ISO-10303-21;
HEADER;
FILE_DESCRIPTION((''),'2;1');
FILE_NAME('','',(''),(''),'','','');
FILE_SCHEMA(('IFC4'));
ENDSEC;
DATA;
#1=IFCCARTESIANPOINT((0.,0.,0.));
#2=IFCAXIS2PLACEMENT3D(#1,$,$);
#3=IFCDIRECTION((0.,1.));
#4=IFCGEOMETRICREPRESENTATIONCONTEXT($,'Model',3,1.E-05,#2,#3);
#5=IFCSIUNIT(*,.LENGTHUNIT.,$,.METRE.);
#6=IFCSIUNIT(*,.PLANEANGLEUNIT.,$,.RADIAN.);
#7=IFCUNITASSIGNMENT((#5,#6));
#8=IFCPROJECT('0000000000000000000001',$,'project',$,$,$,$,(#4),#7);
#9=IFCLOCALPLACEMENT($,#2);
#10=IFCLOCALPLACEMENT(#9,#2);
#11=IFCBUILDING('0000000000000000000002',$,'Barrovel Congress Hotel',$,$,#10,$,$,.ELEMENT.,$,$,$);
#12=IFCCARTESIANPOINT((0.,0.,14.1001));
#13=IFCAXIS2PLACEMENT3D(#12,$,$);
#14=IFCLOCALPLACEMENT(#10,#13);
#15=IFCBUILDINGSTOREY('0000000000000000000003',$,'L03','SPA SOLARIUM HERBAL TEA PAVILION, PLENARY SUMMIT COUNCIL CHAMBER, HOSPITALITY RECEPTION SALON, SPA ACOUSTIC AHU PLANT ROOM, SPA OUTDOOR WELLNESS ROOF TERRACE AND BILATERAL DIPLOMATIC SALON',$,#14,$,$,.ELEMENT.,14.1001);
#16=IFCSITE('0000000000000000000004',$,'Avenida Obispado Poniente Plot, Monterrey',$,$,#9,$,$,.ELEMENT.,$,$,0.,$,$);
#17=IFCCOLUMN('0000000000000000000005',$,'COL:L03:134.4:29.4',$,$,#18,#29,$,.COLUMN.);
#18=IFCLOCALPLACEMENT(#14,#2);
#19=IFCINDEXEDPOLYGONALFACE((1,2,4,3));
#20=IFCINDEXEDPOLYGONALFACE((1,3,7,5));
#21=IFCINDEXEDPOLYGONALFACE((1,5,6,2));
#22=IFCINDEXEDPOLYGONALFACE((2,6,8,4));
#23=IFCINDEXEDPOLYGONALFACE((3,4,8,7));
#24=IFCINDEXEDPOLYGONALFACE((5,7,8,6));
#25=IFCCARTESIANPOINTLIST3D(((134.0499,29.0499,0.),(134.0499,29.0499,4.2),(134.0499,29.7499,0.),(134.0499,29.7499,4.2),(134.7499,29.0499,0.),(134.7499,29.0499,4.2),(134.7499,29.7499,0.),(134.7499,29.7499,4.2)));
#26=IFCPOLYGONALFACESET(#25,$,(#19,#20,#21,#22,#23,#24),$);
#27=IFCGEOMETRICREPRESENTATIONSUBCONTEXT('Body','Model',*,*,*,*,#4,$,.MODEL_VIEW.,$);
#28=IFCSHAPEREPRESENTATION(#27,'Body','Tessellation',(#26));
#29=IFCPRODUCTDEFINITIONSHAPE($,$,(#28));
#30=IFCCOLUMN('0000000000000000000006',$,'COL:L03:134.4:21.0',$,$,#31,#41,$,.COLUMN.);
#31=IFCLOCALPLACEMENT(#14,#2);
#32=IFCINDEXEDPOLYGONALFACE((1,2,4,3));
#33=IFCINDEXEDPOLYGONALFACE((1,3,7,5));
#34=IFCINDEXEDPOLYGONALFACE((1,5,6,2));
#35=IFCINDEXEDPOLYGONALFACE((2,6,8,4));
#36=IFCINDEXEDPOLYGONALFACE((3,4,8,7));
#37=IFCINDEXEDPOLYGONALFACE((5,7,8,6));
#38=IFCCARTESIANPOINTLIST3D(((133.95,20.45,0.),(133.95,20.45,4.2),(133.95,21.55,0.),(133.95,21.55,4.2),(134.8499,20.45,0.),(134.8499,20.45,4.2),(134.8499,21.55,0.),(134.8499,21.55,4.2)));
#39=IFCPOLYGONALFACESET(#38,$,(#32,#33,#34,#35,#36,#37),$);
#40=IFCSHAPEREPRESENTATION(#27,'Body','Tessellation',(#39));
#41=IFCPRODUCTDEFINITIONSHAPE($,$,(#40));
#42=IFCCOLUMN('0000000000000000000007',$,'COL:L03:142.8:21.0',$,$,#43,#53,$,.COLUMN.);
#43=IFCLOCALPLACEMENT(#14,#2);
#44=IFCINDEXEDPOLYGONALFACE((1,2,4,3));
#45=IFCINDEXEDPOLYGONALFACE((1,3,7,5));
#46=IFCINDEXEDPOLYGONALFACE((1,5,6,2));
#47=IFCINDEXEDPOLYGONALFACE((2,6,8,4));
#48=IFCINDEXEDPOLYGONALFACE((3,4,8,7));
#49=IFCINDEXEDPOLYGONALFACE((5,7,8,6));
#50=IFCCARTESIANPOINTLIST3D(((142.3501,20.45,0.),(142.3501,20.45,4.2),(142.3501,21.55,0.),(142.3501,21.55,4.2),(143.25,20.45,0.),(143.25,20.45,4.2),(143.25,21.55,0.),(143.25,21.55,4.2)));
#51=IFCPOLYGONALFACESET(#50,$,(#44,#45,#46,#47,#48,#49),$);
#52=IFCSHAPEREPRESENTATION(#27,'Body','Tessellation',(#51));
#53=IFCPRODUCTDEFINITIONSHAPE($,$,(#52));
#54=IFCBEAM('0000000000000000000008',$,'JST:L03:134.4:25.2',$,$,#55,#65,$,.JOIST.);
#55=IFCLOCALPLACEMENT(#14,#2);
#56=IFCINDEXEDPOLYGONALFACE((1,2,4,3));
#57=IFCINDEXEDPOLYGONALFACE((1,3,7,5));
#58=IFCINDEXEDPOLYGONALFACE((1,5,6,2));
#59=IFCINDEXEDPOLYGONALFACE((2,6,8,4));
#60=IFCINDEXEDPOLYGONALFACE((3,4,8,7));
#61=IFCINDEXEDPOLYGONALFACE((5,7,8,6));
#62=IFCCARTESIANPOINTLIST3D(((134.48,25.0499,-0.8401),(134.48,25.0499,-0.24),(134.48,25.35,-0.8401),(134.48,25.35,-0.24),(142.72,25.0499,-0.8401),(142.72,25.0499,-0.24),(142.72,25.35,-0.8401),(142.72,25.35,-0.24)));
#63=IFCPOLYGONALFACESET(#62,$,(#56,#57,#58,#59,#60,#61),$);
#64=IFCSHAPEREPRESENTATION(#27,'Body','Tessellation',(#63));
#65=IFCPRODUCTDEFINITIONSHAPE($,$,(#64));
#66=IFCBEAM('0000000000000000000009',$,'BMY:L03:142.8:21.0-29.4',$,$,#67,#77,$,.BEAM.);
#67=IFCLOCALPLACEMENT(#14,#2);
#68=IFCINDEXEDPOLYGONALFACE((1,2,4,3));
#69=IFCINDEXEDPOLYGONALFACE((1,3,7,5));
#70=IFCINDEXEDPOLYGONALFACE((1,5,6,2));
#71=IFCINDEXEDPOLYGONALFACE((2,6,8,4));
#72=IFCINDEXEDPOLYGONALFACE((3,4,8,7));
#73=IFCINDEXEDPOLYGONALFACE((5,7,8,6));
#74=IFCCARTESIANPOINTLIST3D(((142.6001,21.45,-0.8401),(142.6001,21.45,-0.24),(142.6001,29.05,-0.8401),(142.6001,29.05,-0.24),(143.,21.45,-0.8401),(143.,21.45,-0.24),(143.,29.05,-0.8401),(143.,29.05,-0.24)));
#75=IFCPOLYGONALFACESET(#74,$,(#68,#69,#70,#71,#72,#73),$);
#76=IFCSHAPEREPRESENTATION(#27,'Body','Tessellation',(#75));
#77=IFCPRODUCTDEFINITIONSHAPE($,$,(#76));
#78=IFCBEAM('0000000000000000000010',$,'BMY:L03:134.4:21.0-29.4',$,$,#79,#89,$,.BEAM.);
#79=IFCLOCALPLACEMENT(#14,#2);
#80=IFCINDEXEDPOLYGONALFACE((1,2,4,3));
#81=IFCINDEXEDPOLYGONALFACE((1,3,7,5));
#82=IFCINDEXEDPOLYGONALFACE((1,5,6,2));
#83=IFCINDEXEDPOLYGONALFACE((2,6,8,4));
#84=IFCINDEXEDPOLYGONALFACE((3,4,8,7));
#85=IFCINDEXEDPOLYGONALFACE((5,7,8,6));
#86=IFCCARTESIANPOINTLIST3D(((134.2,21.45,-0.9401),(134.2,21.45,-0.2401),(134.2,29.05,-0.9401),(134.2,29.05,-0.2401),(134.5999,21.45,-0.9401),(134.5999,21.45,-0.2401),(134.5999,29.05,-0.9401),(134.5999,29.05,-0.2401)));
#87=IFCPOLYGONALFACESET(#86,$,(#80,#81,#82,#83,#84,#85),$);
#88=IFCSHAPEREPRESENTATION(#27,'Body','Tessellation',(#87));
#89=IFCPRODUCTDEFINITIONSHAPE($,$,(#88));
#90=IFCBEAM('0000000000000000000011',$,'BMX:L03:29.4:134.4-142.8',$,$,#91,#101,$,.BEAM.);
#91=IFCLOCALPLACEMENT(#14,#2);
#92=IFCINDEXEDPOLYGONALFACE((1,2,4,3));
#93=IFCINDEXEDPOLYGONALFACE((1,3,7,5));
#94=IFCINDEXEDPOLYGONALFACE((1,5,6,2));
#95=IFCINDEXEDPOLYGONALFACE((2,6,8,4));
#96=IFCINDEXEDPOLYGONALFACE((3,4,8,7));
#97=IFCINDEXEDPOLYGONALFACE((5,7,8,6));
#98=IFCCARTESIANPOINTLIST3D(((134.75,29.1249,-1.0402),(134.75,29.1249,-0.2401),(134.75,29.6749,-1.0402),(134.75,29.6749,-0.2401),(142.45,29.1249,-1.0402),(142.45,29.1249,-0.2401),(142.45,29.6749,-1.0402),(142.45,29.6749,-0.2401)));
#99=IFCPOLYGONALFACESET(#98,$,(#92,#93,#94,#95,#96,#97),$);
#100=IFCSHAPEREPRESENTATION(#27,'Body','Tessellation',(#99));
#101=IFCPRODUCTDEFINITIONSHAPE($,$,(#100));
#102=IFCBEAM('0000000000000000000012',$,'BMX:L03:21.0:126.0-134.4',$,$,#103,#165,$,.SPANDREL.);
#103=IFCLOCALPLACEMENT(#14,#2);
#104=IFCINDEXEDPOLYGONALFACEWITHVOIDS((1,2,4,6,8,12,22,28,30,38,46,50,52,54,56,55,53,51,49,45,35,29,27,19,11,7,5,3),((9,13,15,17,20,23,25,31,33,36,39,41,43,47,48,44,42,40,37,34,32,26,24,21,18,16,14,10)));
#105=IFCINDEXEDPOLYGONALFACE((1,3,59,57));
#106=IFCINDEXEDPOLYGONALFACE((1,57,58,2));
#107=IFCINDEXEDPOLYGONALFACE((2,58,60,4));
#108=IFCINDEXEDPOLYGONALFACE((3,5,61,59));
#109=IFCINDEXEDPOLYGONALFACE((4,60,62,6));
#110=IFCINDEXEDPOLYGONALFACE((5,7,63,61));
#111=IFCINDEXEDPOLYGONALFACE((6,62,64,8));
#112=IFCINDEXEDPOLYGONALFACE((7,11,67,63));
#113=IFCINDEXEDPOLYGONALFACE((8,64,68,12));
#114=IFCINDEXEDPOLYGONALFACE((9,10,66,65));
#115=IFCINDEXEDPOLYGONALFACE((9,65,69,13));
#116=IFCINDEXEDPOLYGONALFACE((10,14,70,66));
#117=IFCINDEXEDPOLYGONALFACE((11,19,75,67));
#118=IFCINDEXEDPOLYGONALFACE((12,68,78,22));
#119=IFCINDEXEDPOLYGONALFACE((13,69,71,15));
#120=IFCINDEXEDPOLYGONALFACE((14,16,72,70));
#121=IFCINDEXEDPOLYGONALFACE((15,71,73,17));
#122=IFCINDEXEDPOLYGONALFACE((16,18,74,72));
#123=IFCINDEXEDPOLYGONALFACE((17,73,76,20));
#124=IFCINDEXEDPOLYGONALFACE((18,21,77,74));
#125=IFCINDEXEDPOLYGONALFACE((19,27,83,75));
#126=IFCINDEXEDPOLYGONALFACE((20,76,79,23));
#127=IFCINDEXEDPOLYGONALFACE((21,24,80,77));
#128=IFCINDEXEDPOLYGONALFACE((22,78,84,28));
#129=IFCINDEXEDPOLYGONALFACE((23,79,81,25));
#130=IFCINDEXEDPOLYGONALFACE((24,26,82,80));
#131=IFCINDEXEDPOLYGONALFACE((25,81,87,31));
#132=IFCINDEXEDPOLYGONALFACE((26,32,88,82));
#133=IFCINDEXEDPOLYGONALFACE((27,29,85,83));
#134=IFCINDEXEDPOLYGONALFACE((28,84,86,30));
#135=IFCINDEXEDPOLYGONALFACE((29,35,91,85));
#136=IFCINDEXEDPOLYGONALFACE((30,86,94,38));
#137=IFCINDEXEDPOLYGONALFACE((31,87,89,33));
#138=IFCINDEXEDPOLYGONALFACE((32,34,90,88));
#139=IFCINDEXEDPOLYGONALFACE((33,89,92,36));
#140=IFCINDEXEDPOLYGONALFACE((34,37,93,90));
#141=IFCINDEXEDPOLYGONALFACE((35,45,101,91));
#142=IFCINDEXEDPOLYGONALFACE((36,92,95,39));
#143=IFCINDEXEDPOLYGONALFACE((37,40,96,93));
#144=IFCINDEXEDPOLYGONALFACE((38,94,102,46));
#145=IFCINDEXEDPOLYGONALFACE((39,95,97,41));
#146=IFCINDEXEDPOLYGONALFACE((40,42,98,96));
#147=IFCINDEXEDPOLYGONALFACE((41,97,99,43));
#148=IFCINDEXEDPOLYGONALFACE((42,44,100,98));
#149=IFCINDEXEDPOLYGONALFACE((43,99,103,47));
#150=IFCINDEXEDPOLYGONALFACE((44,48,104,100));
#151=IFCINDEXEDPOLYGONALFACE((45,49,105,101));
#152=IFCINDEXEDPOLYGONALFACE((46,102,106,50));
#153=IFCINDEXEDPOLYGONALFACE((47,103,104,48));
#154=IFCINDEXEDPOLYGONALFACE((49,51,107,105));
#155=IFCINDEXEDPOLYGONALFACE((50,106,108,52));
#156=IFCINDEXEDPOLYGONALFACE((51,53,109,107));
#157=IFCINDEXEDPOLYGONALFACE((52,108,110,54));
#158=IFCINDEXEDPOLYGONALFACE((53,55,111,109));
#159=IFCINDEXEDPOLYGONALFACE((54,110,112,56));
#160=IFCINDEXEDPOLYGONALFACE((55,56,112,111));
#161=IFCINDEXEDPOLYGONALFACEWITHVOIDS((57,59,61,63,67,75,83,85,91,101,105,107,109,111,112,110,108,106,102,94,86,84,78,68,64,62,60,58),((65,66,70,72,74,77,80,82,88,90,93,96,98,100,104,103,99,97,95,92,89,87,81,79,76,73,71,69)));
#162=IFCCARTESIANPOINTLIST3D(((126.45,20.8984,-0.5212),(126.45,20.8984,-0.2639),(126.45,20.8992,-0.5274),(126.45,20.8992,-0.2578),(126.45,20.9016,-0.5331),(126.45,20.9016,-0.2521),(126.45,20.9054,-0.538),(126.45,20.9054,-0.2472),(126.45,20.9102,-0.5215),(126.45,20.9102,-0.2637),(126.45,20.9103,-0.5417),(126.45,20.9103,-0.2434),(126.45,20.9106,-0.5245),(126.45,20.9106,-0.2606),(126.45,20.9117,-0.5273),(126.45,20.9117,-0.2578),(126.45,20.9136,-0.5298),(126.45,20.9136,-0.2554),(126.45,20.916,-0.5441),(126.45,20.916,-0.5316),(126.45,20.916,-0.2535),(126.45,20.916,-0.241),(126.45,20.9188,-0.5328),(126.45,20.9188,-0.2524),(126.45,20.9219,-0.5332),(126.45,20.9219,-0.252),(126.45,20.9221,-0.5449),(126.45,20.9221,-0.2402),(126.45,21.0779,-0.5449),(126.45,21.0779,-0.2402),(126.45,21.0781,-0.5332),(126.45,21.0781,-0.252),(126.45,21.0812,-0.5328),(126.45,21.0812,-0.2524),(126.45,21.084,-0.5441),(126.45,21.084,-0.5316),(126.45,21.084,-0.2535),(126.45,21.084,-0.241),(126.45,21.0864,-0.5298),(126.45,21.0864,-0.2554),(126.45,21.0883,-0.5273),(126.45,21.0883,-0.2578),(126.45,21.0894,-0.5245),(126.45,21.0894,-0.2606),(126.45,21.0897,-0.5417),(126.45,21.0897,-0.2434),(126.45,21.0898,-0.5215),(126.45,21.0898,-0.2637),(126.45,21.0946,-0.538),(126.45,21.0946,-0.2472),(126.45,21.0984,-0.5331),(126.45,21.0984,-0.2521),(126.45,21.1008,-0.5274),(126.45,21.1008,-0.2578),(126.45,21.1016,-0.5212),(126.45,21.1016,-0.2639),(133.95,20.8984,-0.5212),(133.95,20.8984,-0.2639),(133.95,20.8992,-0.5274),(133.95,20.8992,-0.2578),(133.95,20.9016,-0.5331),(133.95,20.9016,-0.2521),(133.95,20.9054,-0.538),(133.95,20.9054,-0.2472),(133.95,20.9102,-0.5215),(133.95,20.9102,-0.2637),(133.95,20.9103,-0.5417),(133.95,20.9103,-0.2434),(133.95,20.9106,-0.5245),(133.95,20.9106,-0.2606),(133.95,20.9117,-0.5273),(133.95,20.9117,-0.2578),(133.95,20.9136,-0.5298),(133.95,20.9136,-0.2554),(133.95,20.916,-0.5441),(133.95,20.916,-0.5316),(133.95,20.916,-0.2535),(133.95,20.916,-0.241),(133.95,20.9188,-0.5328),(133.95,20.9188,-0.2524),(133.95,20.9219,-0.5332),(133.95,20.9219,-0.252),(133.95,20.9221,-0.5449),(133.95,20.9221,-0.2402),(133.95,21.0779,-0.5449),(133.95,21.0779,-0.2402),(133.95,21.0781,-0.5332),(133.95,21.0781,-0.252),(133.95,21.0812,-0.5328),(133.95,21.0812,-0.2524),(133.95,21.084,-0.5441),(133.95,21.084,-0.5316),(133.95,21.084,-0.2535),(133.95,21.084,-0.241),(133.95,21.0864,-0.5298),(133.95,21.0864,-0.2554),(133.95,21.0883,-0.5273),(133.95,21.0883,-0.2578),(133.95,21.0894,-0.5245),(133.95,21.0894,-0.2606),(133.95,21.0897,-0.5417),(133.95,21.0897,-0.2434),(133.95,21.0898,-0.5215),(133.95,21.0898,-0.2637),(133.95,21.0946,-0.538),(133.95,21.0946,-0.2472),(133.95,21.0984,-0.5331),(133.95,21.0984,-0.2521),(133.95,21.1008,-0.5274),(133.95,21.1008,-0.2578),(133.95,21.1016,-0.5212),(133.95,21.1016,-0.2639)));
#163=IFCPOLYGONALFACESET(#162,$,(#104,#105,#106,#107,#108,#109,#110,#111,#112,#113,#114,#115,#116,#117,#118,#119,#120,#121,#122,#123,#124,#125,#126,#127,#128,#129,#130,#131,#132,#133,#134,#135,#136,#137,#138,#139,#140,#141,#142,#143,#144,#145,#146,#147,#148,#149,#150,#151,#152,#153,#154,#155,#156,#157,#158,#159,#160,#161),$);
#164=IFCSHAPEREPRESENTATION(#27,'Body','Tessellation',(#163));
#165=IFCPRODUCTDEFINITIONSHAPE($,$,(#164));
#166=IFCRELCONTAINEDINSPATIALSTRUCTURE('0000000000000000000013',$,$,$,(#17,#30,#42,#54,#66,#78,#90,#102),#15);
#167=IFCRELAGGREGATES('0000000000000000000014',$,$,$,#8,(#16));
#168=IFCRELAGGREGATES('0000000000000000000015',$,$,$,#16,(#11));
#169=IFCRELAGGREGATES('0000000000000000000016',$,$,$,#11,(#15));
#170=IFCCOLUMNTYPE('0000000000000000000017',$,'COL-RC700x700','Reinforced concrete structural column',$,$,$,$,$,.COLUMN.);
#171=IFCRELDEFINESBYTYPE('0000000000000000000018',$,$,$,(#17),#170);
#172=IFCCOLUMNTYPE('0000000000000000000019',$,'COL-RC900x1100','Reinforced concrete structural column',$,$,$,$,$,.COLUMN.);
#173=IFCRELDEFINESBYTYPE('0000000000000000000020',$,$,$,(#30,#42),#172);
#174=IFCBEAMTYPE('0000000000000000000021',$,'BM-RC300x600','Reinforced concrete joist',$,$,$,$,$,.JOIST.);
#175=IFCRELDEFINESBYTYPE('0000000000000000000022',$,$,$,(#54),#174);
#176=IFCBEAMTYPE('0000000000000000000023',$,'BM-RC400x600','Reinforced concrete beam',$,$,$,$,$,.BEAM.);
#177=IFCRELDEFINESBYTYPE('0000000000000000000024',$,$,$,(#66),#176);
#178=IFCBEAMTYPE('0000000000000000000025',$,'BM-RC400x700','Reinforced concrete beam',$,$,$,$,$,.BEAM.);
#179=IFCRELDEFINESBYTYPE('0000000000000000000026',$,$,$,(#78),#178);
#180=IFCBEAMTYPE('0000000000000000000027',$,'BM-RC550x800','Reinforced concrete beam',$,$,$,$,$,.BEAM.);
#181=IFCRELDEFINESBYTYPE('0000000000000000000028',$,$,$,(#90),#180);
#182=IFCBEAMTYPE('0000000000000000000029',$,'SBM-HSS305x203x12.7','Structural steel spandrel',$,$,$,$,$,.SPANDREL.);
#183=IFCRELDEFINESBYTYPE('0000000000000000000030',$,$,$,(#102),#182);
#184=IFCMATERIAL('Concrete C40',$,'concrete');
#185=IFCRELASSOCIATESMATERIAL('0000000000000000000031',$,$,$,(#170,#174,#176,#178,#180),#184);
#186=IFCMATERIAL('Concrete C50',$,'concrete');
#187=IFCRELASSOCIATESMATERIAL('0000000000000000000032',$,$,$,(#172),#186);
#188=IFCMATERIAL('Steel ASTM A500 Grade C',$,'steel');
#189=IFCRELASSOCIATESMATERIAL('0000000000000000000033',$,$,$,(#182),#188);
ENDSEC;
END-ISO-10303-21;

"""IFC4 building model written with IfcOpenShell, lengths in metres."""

from ifc_helpers import new_model, si_unit, direction, frame, origin, origin_2d, place, context, subcontext, project, spatial, rectangle, hollow_rectangle, extrude, material, material_profile, profile_set, type_object, element, save


model = new_model("IFC4")

# Units and contexts
model_context = context("Model", 3, precision=1e-05, world=origin(), true_north=direction((0.0, 1.0)))
body_context = subcontext(model_context, "Body", "Model", "MODEL_VIEW")
ifc_project = project(units=[si_unit("LENGTHUNIT", "METRE"), si_unit("PLANEANGLEUNIT", "RADIAN")], contexts=[model_context])

# Site, building, storey
site_placement = place(None, origin())
site = spatial("IfcSite", under=ifc_project, at=site_placement, Name="Avenida Obispado Poniente Plot, Monterrey", CompositionType="ELEMENT", RefElevation=0.0)
building_placement = place(site_placement, origin())
building = spatial("IfcBuilding", under=site, at=building_placement, Name="Barrovel Congress Hotel", CompositionType="ELEMENT")
storey_placement = place(building_placement, frame((0.0, 0.0, 14.1001)))
storey = spatial("IfcBuildingStorey", under=building, at=storey_placement, Name="L03", Description="SPA SOLARIUM HERBAL TEA PAVILION, PLENARY SUMMIT COUNCIL CHAMBER, HOSPITALITY RECEPTION SALON, SPA ACOUSTIC AHU PLANT ROOM, SPA OUTDOOR WELLNESS ROOF TERRACE AND BILATERAL DIPLOMATIC SALON", CompositionType="ELEMENT", Elevation=14.1001)

# Columns
ifc_material_1 = material(Name="Concrete C40", Category="concrete")
ifc_material_profile_1 = material_profile(ifc_material_1, rectangle(XDim=0.7, YDim=0.7, at=origin_2d()), Name="RC700x700")
ifc_profile_set_1 = profile_set([ifc_material_profile_1], Name="Concrete C40")
column_type_1 = type_object("IfcColumnType", Name="COL-RC700x700", Description="Reinforced concrete structural column", PredefinedType="COLUMN", material=ifc_profile_set_1)
column_placement = place(storey_placement, frame((134.3999, 29.3999, 0.0), z_axis=(0.0, 0.0, 1.0), x_axis=(1.0, 0.0, 0.0)))
element("IfcColumn", 1, at=column_placement, inside=storey, type_object=column_type_1, Name="COL:L03:134.4:29.4", PredefinedType="COLUMN", context=body_context, shape_type="SweptSolid", body=[
    extrude(rectangle(XDim=0.7, YDim=0.7, at=origin_2d()), origin(), (0.0, 0.0, 1.0), 4.2),
])
ifc_material_2 = material(Name="Concrete C50", Category="concrete")
ifc_material_profile_2 = material_profile(ifc_material_2, rectangle(XDim=0.8999, YDim=1.1001, at=origin_2d()), Name="RC900x1100")
ifc_profile_set_2 = profile_set([ifc_material_profile_2], Name="Concrete C50")
column_type_2 = type_object("IfcColumnType", Name="COL-RC900x1100", Description="Reinforced concrete structural column", PredefinedType="COLUMN", material=ifc_profile_set_2)
for number, where, z_axis, x_axis, name in (
    (2, (134.3999, 21.0, 0.0), (0.0, 0.0, 1.0), (1.0, 0.0, 0.0), "COL:L03:134.4:21.0"),
    (3, (142.8, 21.0, 0.0), (0.0, 0.0, 1.0), (1.0, 0.0, 0.0), "COL:L03:142.8:21.0"),
):
    element("IfcColumn", number, at=place(storey_placement, frame(where, z_axis=z_axis, x_axis=x_axis)), inside=storey, type_object=column_type_2, Name=name, PredefinedType="COLUMN", context=body_context, shape_type="SweptSolid", body=[
        extrude(rectangle(XDim=0.8999, YDim=1.1001, at=origin_2d()), origin(), (0.0, 0.0, 1.0), 4.2),
    ])

# Beams
ifc_material_profile_3 = material_profile(ifc_material_1, rectangle(XDim=0.3, YDim=0.6001, at=origin_2d()), Name="RC300x600")
ifc_profile_set_3 = profile_set([ifc_material_profile_3], Name="Concrete C40")
beam_type_1 = type_object("IfcBeamType", Name="BM-RC300x600", Description="Reinforced concrete joist", PredefinedType="JOIST", material=ifc_profile_set_3)
beam_1_placement = place(storey_placement, frame((134.48, 25.2, -0.54), z_axis=(1.0, 0.0, 0.0), x_axis=(0.0, 1.0, 0.0)))
element("IfcBeam", 4, at=beam_1_placement, inside=storey, type_object=beam_type_1, Name="JST:L03:134.4:25.2", PredefinedType="JOIST", context=body_context, shape_type="SweptSolid", body=[
    extrude(rectangle(XDim=0.3, YDim=0.6001, at=origin_2d()), origin(), (0.0, 0.0, 1.0), 8.24),
])
ifc_material_profile_4 = material_profile(ifc_material_1, rectangle(XDim=0.3999, YDim=0.6001, at=origin_2d()), Name="RC400x600")
ifc_profile_set_4 = profile_set([ifc_material_profile_4], Name="Concrete C40")
beam_type_2 = type_object("IfcBeamType", Name="BM-RC400x600", Description="Reinforced concrete beam", PredefinedType="BEAM", material=ifc_profile_set_4)
beam_2_placement = place(storey_placement, frame((142.8, 21.45, -0.54), z_axis=(0.0, 1.0, 0.0), x_axis=(-1.0, 0.0, 0.0)))
element("IfcBeam", 5, at=beam_2_placement, inside=storey, type_object=beam_type_2, Name="BMY:L03:142.8:21.0-29.4", PredefinedType="BEAM", context=body_context, shape_type="SweptSolid", body=[
    extrude(rectangle(XDim=0.3999, YDim=0.6001, at=origin_2d()), origin(), (0.0, 0.0, 1.0), 7.6001),
])
ifc_material_profile_5 = material_profile(ifc_material_1, rectangle(XDim=0.3999, YDim=0.7, at=origin_2d()), Name="RC400x700")
ifc_profile_set_5 = profile_set([ifc_material_profile_5], Name="Concrete C40")
beam_type_3 = type_object("IfcBeamType", Name="BM-RC400x700", Description="Reinforced concrete beam", PredefinedType="BEAM", material=ifc_profile_set_5)
beam_3_placement = place(storey_placement, frame((134.3999, 21.45, -0.5901), z_axis=(0.0, 1.0, 0.0), x_axis=(-1.0, 0.0, 0.0)))
element("IfcBeam", 6, at=beam_3_placement, inside=storey, type_object=beam_type_3, Name="BMY:L03:134.4:21.0-29.4", PredefinedType="BEAM", context=body_context, shape_type="SweptSolid", body=[
    extrude(rectangle(XDim=0.3999, YDim=0.7, at=origin_2d()), origin(), (0.0, 0.0, 1.0), 7.6001),
])
ifc_material_profile_6 = material_profile(ifc_material_1, rectangle(XDim=0.55, YDim=0.8, at=origin_2d()), Name="RC550x800")
ifc_profile_set_6 = profile_set([ifc_material_profile_6], Name="Concrete C40")
beam_type_4 = type_object("IfcBeamType", Name="BM-RC550x800", Description="Reinforced concrete beam", PredefinedType="BEAM", material=ifc_profile_set_6)
beam_4_placement = place(storey_placement, frame((134.75, 29.3999, -0.6401), z_axis=(1.0, 0.0, 0.0), x_axis=(0.0, 1.0, 0.0)))
element("IfcBeam", 7, at=beam_4_placement, inside=storey, type_object=beam_type_4, Name="BMX:L03:29.4:134.4-142.8", PredefinedType="BEAM", context=body_context, shape_type="SweptSolid", body=[
    extrude(rectangle(XDim=0.55, YDim=0.8, at=origin_2d()), origin(), (0.0, 0.0, 1.0), 7.7),
])
ifc_material_3 = material(Name="Steel ASTM A500 Grade C", Category="steel")
ifc_material_profile_7 = material_profile(ifc_material_3, hollow_rectangle(XDim=0.2031, YDim=0.3047, WallThickness=0.0117, InnerFilletRadius=0.0117, OuterFilletRadius=0.0237, at=origin_2d()), Name="HSS305x203x12.7")
ifc_profile_set_7 = profile_set([ifc_material_profile_7], Name="Steel ASTM A500 Grade C")
beam_type_5 = type_object("IfcBeamType", Name="SBM-HSS305x203x12.7", Description="Structural steel spandrel", PredefinedType="SPANDREL", material=ifc_profile_set_7)
beam_5_placement = place(storey_placement, frame((126.45, 21.0, -0.3926), z_axis=(1.0, 0.0, 0.0), x_axis=(0.0, 1.0, 0.0)))
element("IfcBeam", 8, at=beam_5_placement, inside=storey, type_object=beam_type_5, Name="BMX:L03:21.0:126.0-134.4", PredefinedType="SPANDREL", context=body_context, shape_type="SweptSolid", body=[
    extrude(hollow_rectangle(XDim=0.2031, YDim=0.3047, WallThickness=0.0117, InnerFilletRadius=0.0117, OuterFilletRadius=0.0237, at=origin_2d()), origin(), (0.0, 0.0, 1.0), 7.5),
])

save(model, "model.ifc")
